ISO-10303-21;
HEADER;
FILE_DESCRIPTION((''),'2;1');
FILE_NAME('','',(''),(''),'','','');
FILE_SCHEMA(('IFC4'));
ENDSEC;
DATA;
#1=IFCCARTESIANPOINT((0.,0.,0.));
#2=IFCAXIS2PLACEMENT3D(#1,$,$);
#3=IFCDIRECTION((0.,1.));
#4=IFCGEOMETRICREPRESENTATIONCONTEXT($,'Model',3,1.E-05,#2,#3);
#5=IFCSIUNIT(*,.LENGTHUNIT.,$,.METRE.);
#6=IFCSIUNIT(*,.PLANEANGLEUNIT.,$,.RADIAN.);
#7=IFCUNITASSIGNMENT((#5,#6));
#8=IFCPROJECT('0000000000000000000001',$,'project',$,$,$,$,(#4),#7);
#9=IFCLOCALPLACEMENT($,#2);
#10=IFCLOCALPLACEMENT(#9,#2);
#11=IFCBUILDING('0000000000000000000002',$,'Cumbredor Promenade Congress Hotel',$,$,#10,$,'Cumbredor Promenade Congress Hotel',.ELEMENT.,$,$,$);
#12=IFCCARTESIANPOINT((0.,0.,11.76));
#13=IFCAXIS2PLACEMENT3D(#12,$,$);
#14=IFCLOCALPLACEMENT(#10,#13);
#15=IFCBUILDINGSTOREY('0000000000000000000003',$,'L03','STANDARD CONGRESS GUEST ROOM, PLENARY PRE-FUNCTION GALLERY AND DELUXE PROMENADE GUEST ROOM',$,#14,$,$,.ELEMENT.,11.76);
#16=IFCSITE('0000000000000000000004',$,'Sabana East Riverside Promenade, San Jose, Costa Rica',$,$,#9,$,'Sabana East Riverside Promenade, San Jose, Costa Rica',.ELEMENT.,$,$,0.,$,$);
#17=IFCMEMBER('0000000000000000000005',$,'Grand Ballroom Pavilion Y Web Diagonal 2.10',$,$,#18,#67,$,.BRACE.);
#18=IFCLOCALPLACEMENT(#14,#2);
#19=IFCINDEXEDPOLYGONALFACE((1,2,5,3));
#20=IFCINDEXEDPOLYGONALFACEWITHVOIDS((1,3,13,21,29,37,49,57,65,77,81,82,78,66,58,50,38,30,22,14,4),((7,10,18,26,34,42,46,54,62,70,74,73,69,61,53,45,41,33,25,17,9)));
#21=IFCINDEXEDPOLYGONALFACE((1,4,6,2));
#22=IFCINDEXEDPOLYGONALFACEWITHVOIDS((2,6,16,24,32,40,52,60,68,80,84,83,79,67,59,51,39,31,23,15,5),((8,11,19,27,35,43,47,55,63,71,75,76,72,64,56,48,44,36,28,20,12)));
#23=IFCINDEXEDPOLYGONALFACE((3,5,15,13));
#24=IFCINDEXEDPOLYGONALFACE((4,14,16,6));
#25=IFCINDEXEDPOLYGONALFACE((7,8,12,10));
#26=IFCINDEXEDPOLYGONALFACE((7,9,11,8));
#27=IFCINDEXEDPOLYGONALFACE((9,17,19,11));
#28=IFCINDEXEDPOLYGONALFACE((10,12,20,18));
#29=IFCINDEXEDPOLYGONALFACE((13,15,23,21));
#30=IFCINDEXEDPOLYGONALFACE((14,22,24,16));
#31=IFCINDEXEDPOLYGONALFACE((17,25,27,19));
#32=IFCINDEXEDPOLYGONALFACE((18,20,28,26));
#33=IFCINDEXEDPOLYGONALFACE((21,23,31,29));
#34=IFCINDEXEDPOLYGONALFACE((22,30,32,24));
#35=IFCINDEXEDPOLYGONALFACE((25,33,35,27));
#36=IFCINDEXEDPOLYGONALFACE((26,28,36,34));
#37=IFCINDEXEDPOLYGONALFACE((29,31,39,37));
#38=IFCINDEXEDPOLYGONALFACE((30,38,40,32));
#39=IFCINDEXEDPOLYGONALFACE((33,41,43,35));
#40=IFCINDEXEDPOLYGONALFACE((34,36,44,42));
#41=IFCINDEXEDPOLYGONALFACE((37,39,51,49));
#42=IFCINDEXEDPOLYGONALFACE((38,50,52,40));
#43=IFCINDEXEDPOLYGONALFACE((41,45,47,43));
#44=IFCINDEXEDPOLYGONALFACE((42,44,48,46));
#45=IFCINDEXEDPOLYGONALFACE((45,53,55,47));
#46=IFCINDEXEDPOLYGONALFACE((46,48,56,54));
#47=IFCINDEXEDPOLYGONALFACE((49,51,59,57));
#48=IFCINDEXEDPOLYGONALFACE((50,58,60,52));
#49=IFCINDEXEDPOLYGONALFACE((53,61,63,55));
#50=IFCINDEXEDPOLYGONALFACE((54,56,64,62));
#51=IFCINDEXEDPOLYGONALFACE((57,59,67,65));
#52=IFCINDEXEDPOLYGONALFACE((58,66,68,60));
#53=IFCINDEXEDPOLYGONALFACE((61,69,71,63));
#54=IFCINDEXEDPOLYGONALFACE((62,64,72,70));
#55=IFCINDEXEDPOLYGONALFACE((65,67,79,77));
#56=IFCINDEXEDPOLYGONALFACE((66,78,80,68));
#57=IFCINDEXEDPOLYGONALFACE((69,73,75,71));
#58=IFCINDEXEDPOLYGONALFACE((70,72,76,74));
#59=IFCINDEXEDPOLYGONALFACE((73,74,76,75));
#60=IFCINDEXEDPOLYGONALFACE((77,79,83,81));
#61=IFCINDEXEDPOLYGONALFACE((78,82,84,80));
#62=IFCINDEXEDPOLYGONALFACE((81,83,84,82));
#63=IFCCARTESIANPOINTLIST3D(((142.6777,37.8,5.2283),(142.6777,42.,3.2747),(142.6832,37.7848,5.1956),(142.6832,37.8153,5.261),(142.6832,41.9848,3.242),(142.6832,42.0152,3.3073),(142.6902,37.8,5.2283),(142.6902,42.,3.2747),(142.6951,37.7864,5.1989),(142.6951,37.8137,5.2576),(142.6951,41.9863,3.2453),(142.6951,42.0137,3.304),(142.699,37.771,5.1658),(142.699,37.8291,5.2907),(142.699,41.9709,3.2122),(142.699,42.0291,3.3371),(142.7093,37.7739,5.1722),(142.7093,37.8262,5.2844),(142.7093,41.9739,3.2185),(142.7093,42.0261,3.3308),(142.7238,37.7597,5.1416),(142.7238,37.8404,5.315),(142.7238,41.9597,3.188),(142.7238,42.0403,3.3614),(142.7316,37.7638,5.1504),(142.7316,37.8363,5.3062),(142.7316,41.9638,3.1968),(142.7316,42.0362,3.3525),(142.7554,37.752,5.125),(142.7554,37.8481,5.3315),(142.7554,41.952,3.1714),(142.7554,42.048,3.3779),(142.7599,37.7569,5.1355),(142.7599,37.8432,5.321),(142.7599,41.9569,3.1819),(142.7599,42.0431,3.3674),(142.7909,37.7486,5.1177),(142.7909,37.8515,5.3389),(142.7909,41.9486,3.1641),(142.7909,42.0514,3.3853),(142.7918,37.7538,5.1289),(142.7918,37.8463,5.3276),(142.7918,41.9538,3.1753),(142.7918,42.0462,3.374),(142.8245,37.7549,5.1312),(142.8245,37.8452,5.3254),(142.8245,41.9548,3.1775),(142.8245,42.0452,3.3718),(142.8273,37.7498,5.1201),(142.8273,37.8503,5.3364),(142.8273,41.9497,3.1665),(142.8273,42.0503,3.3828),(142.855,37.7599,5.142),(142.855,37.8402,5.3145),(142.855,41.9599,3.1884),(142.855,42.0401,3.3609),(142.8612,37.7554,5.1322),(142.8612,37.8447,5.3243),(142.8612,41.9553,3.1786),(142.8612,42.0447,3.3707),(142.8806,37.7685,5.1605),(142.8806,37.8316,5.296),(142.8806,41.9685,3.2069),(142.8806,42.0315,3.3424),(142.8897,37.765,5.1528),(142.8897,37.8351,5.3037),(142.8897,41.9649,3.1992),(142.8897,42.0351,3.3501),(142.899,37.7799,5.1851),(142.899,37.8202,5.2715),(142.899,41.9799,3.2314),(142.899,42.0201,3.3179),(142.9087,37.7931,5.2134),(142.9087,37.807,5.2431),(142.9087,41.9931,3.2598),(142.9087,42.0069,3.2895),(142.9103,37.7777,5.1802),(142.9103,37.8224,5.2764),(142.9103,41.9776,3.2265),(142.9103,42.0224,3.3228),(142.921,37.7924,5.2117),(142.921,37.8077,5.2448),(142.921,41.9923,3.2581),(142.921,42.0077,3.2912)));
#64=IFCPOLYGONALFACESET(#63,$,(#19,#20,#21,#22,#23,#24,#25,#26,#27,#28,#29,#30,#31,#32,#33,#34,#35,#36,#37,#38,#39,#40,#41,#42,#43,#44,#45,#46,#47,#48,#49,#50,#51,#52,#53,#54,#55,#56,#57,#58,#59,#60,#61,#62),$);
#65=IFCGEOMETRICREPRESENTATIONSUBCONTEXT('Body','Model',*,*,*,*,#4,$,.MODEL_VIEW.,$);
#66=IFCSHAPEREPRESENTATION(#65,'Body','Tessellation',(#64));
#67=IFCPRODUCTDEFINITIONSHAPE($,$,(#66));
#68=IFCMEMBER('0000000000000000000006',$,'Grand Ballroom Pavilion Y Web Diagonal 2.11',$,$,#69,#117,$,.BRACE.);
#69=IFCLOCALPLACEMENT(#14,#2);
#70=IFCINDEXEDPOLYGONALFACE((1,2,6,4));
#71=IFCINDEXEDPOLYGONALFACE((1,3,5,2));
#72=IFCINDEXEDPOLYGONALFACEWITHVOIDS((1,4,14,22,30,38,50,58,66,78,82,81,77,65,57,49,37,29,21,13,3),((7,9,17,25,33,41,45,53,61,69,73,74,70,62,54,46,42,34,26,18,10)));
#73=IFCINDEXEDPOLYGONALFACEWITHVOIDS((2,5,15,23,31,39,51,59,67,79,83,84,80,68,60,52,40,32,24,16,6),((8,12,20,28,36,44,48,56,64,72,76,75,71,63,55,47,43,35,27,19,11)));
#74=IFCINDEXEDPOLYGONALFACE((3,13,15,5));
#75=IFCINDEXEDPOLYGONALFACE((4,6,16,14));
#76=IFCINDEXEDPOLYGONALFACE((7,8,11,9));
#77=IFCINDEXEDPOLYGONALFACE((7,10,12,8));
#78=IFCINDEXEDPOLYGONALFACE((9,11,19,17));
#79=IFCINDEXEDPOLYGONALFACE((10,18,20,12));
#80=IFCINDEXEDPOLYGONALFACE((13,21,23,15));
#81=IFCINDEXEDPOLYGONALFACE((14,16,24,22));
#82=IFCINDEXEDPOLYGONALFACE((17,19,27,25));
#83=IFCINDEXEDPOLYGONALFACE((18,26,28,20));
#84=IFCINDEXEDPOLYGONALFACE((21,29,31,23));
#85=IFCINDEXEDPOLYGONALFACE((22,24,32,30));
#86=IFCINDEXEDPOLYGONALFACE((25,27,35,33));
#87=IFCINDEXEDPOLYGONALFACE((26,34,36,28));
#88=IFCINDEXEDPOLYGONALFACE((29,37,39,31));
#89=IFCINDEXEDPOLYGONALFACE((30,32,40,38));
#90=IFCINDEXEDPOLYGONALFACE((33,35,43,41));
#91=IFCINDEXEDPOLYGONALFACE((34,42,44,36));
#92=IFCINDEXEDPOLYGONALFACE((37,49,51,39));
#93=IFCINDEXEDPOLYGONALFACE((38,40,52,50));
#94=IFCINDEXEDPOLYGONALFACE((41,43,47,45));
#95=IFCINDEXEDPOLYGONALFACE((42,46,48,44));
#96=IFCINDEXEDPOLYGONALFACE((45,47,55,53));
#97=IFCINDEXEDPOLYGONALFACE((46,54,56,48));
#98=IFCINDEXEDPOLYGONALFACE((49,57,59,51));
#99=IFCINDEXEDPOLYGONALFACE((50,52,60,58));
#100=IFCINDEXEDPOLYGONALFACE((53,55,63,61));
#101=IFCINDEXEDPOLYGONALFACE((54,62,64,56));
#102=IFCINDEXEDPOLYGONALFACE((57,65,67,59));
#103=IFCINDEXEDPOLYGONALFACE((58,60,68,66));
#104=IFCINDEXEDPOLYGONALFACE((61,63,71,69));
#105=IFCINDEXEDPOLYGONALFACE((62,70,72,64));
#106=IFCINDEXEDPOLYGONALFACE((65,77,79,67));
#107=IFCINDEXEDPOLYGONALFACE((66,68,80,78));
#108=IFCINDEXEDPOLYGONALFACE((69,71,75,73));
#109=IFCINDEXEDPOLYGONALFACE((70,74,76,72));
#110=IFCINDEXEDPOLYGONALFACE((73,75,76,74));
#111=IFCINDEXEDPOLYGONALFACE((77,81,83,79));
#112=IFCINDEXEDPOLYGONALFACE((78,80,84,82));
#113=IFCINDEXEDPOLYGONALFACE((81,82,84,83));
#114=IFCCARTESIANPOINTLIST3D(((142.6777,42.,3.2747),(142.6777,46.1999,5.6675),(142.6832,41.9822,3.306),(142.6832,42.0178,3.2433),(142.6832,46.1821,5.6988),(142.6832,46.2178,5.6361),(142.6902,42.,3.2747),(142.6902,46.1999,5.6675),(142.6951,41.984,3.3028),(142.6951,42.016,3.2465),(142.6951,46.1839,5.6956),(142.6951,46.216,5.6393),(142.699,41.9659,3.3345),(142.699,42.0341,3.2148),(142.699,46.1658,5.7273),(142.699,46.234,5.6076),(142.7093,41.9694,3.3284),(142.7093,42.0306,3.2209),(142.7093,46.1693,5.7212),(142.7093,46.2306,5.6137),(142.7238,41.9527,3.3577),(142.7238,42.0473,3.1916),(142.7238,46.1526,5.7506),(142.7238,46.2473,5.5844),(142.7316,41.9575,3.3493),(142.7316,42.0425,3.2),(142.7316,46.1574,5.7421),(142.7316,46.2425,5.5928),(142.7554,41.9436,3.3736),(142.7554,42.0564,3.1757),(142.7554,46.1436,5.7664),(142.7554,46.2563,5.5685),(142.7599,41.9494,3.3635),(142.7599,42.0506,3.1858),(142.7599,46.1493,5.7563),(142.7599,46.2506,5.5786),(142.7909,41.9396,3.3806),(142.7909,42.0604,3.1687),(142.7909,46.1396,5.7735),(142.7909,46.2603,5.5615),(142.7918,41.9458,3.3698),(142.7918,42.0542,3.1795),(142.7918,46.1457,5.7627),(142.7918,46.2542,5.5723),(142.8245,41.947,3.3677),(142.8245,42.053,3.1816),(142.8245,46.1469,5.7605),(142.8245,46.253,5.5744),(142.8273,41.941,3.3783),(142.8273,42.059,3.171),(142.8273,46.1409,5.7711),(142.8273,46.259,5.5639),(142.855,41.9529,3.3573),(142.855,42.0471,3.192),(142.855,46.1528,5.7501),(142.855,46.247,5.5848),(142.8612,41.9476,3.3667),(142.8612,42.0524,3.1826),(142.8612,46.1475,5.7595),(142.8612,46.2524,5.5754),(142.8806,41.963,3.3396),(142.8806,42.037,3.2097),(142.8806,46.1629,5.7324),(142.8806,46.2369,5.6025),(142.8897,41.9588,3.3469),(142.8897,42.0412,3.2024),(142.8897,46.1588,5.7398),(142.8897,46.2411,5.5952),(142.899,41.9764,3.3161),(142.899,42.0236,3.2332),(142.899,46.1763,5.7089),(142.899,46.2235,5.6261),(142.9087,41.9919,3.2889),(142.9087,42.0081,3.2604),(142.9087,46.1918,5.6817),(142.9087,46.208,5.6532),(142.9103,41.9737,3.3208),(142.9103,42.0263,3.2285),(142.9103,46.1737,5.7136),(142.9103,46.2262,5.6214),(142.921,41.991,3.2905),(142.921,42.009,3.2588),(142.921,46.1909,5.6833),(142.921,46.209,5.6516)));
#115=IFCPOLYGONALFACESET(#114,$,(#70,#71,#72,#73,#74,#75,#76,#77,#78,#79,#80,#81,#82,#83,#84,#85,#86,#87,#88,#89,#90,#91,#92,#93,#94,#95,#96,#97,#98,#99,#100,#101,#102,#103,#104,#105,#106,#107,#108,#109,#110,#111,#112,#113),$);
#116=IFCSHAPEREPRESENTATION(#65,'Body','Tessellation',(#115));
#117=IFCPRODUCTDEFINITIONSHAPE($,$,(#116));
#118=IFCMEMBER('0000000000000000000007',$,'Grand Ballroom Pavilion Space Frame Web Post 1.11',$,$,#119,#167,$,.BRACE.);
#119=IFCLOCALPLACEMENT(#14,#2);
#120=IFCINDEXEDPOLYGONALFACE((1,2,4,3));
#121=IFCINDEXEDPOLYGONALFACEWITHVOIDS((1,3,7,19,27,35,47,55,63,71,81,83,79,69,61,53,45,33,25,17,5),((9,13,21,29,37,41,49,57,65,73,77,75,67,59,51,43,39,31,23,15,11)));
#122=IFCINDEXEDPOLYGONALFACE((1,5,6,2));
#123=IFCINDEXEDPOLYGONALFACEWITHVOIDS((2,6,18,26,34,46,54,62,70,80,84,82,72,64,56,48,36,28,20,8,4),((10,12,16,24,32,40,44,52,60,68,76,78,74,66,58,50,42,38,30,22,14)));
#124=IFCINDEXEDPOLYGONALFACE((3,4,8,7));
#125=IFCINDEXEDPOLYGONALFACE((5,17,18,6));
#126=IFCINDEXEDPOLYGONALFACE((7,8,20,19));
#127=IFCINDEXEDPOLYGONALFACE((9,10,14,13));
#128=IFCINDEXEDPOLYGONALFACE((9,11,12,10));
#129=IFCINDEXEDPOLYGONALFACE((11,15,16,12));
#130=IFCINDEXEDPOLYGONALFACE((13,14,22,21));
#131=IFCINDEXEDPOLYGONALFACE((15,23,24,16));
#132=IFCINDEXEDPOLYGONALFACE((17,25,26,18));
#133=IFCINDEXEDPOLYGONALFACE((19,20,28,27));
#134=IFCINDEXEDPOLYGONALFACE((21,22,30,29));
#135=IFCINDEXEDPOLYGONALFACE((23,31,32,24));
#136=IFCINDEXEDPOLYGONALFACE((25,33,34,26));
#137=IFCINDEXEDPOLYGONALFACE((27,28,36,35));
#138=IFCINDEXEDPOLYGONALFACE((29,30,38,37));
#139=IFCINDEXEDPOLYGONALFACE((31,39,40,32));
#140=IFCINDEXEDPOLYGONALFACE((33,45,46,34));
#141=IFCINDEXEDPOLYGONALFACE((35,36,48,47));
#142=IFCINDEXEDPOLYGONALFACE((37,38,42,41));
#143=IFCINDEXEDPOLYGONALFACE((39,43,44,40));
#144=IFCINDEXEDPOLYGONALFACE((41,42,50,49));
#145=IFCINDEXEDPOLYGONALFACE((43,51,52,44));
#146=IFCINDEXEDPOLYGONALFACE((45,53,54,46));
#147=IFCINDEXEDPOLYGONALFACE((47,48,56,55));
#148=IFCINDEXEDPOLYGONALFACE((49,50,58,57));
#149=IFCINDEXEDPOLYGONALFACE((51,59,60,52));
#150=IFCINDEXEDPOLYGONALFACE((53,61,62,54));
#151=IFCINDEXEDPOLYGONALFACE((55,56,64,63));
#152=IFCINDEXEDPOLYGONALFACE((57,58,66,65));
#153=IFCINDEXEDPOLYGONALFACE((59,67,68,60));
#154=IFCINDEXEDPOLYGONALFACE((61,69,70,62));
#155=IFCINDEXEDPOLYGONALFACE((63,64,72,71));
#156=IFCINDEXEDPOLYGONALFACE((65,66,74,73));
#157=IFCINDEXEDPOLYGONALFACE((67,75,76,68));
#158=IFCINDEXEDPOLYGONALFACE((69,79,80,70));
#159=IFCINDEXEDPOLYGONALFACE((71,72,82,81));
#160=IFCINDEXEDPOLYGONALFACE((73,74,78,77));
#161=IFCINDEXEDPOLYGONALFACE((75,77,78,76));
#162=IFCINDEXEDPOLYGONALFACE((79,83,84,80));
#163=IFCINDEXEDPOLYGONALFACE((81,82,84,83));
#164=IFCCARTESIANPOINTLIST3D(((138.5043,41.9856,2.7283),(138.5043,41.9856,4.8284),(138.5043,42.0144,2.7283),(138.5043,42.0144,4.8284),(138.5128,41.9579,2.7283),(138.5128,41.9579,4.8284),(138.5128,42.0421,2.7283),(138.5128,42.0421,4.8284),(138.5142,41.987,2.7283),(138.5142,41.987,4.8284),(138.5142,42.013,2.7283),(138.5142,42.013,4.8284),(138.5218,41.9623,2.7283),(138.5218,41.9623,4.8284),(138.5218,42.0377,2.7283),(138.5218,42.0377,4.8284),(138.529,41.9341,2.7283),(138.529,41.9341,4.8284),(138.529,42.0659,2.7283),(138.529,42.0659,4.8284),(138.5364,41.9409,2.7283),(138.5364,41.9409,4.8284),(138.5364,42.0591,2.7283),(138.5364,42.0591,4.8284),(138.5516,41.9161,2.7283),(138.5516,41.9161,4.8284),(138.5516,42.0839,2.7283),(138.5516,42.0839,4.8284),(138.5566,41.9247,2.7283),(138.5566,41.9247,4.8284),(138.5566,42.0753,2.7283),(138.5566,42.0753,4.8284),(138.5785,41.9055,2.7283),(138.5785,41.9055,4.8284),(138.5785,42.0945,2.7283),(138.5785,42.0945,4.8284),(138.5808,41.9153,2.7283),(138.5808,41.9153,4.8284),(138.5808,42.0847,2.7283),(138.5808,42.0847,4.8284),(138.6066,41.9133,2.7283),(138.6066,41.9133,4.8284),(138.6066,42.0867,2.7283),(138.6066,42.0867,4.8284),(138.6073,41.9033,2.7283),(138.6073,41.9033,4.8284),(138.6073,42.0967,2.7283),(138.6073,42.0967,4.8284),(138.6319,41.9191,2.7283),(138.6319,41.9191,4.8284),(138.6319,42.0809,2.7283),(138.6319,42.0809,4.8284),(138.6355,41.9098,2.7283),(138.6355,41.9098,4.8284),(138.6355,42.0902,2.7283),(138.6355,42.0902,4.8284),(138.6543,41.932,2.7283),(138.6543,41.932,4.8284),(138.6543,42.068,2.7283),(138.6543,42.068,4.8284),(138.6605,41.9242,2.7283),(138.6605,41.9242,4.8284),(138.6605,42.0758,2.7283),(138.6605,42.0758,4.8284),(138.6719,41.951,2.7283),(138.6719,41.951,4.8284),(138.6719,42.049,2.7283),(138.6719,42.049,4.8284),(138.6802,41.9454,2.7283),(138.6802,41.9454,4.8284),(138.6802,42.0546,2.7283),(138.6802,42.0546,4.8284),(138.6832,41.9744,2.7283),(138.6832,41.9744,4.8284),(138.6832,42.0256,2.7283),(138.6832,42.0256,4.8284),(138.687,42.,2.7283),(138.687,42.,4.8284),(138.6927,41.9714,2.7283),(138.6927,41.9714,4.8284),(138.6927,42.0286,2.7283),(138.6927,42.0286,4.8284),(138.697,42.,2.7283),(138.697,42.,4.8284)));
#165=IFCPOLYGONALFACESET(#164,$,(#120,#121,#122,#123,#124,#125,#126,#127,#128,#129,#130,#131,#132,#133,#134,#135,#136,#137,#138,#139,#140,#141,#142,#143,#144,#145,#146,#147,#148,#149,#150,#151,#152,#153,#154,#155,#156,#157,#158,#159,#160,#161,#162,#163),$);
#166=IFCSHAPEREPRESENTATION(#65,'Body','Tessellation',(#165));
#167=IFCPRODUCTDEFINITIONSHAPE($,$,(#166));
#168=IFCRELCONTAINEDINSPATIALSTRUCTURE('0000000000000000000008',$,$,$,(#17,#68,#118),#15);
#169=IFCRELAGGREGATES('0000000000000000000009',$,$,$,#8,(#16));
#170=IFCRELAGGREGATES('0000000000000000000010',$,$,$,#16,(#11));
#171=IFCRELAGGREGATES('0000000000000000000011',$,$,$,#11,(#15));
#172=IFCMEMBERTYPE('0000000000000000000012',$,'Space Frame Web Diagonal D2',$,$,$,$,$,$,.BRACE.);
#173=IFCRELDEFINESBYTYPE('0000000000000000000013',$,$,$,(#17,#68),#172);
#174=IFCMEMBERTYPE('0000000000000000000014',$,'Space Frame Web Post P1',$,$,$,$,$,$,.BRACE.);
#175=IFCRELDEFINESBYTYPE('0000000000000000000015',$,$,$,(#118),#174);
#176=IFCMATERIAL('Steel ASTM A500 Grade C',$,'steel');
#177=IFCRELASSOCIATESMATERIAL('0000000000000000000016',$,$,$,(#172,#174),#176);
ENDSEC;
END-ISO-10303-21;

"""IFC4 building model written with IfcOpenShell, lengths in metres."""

from ifc_helpers import new_model, si_unit, direction, frame, origin, origin_2d, place, context, subcontext, project, spatial, hollow_circle, extrude, material, material_profile, profile_set, type_object, element, save


model = new_model("IFC4")

# Units and contexts
model_context = context("Model", 3, precision=1e-05, world=origin(), true_north=direction((0.0, 1.0)))
body_context = subcontext(model_context, "Body", "Model", "MODEL_VIEW")
ifc_project = project(units=[si_unit("LENGTHUNIT", "METRE"), si_unit("PLANEANGLEUNIT", "RADIAN")], contexts=[model_context])

# Site, building, storey
site_placement = place(None, origin())
site = spatial("IfcSite", under=ifc_project, at=site_placement, Name="Sabana East Riverside Promenade, San Jose, Costa Rica", LongName="Sabana East Riverside Promenade, San Jose, Costa Rica", CompositionType="ELEMENT", RefElevation=0.0)
building_placement = place(site_placement, origin())
building = spatial("IfcBuilding", under=site, at=building_placement, Name="Cumbredor Promenade Congress Hotel", LongName="Cumbredor Promenade Congress Hotel", CompositionType="ELEMENT")
storey_placement = place(building_placement, frame((0.0, 0.0, 11.76)))
storey = spatial("IfcBuildingStorey", under=building, at=storey_placement, Name="L03", Description="STANDARD CONGRESS GUEST ROOM, PLENARY PRE-FUNCTION GALLERY AND DELUXE PROMENADE GUEST ROOM", CompositionType="ELEMENT", Elevation=11.76)

# Members
ifc_material_1 = material(Name="Steel ASTM A500 Grade C", Category="steel")
ifc_material_profile_1 = material_profile(ifc_material_1, hollow_circle(Radius=0.1223, WallThickness=0.0125, at=origin_2d()), Name="CHS 244.5x12.5")
ifc_profile_set_1 = profile_set([ifc_material_profile_1], Name="Steel ASTM A500 Grade C")
member_type_1 = type_object("IfcMemberType", Name="Space Frame Web Diagonal D2", PredefinedType="BRACE", material=ifc_profile_set_1)
member_1_placement = place(storey_placement, frame((142.8, 37.8, 5.2283), z_axis=(0.0, 0.906709, -0.421757), x_axis=(-1.0, 0.0, 0.0)))
element("IfcMember", 1, at=member_1_placement, inside=storey, type_object=member_type_1, Name="Grand Ballroom Pavilion Y Web Diagonal 2.10", PredefinedType="BRACE", context=body_context, shape_type="SweptSolid", body=[
    extrude(hollow_circle(Radius=0.1223, WallThickness=0.0125, at=origin_2d()), origin(), (0.0, 0.0, 1.0), 4.6321),
])
member_2_placement = place(storey_placement, frame((142.8, 42.0, 3.2747), z_axis=(0.0, 0.86888, 0.495023), x_axis=(-1.0, 0.0, 0.0)))
element("IfcMember", 2, at=member_2_placement, inside=storey, type_object=member_type_1, Name="Grand Ballroom Pavilion Y Web Diagonal 2.11", PredefinedType="BRACE", context=body_context, shape_type="SweptSolid", body=[
    extrude(hollow_circle(Radius=0.1223, WallThickness=0.0125, at=origin_2d()), origin(), (0.0, 0.0, 1.0), 4.8337),
])
ifc_material_profile_2 = material_profile(ifc_material_1, hollow_circle(Radius=0.0969, WallThickness=0.01, at=origin_2d()), Name="CHS 193.7x10")
ifc_profile_set_2 = profile_set([ifc_material_profile_2], Name="Steel ASTM A500 Grade C")
member_type_2 = type_object("IfcMemberType", Name="Space Frame Web Post P1", PredefinedType="BRACE", material=ifc_profile_set_2)
member_3_placement = place(storey_placement, frame((138.6001, 42.0, 2.7283), z_axis=(0.0, 0.0, 1.0), x_axis=(1.0, 0.0, 0.0)))
element("IfcMember", 3, at=member_3_placement, inside=storey, type_object=member_type_2, Name="Grand Ballroom Pavilion Space Frame Web Post 1.11", PredefinedType="BRACE", context=body_context, shape_type="SweptSolid", body=[
    extrude(hollow_circle(Radius=0.0969, WallThickness=0.01, at=origin_2d()), origin(), (0.0, 0.0, 1.0), 2.1001),
])

save(model, "model.ifc")
